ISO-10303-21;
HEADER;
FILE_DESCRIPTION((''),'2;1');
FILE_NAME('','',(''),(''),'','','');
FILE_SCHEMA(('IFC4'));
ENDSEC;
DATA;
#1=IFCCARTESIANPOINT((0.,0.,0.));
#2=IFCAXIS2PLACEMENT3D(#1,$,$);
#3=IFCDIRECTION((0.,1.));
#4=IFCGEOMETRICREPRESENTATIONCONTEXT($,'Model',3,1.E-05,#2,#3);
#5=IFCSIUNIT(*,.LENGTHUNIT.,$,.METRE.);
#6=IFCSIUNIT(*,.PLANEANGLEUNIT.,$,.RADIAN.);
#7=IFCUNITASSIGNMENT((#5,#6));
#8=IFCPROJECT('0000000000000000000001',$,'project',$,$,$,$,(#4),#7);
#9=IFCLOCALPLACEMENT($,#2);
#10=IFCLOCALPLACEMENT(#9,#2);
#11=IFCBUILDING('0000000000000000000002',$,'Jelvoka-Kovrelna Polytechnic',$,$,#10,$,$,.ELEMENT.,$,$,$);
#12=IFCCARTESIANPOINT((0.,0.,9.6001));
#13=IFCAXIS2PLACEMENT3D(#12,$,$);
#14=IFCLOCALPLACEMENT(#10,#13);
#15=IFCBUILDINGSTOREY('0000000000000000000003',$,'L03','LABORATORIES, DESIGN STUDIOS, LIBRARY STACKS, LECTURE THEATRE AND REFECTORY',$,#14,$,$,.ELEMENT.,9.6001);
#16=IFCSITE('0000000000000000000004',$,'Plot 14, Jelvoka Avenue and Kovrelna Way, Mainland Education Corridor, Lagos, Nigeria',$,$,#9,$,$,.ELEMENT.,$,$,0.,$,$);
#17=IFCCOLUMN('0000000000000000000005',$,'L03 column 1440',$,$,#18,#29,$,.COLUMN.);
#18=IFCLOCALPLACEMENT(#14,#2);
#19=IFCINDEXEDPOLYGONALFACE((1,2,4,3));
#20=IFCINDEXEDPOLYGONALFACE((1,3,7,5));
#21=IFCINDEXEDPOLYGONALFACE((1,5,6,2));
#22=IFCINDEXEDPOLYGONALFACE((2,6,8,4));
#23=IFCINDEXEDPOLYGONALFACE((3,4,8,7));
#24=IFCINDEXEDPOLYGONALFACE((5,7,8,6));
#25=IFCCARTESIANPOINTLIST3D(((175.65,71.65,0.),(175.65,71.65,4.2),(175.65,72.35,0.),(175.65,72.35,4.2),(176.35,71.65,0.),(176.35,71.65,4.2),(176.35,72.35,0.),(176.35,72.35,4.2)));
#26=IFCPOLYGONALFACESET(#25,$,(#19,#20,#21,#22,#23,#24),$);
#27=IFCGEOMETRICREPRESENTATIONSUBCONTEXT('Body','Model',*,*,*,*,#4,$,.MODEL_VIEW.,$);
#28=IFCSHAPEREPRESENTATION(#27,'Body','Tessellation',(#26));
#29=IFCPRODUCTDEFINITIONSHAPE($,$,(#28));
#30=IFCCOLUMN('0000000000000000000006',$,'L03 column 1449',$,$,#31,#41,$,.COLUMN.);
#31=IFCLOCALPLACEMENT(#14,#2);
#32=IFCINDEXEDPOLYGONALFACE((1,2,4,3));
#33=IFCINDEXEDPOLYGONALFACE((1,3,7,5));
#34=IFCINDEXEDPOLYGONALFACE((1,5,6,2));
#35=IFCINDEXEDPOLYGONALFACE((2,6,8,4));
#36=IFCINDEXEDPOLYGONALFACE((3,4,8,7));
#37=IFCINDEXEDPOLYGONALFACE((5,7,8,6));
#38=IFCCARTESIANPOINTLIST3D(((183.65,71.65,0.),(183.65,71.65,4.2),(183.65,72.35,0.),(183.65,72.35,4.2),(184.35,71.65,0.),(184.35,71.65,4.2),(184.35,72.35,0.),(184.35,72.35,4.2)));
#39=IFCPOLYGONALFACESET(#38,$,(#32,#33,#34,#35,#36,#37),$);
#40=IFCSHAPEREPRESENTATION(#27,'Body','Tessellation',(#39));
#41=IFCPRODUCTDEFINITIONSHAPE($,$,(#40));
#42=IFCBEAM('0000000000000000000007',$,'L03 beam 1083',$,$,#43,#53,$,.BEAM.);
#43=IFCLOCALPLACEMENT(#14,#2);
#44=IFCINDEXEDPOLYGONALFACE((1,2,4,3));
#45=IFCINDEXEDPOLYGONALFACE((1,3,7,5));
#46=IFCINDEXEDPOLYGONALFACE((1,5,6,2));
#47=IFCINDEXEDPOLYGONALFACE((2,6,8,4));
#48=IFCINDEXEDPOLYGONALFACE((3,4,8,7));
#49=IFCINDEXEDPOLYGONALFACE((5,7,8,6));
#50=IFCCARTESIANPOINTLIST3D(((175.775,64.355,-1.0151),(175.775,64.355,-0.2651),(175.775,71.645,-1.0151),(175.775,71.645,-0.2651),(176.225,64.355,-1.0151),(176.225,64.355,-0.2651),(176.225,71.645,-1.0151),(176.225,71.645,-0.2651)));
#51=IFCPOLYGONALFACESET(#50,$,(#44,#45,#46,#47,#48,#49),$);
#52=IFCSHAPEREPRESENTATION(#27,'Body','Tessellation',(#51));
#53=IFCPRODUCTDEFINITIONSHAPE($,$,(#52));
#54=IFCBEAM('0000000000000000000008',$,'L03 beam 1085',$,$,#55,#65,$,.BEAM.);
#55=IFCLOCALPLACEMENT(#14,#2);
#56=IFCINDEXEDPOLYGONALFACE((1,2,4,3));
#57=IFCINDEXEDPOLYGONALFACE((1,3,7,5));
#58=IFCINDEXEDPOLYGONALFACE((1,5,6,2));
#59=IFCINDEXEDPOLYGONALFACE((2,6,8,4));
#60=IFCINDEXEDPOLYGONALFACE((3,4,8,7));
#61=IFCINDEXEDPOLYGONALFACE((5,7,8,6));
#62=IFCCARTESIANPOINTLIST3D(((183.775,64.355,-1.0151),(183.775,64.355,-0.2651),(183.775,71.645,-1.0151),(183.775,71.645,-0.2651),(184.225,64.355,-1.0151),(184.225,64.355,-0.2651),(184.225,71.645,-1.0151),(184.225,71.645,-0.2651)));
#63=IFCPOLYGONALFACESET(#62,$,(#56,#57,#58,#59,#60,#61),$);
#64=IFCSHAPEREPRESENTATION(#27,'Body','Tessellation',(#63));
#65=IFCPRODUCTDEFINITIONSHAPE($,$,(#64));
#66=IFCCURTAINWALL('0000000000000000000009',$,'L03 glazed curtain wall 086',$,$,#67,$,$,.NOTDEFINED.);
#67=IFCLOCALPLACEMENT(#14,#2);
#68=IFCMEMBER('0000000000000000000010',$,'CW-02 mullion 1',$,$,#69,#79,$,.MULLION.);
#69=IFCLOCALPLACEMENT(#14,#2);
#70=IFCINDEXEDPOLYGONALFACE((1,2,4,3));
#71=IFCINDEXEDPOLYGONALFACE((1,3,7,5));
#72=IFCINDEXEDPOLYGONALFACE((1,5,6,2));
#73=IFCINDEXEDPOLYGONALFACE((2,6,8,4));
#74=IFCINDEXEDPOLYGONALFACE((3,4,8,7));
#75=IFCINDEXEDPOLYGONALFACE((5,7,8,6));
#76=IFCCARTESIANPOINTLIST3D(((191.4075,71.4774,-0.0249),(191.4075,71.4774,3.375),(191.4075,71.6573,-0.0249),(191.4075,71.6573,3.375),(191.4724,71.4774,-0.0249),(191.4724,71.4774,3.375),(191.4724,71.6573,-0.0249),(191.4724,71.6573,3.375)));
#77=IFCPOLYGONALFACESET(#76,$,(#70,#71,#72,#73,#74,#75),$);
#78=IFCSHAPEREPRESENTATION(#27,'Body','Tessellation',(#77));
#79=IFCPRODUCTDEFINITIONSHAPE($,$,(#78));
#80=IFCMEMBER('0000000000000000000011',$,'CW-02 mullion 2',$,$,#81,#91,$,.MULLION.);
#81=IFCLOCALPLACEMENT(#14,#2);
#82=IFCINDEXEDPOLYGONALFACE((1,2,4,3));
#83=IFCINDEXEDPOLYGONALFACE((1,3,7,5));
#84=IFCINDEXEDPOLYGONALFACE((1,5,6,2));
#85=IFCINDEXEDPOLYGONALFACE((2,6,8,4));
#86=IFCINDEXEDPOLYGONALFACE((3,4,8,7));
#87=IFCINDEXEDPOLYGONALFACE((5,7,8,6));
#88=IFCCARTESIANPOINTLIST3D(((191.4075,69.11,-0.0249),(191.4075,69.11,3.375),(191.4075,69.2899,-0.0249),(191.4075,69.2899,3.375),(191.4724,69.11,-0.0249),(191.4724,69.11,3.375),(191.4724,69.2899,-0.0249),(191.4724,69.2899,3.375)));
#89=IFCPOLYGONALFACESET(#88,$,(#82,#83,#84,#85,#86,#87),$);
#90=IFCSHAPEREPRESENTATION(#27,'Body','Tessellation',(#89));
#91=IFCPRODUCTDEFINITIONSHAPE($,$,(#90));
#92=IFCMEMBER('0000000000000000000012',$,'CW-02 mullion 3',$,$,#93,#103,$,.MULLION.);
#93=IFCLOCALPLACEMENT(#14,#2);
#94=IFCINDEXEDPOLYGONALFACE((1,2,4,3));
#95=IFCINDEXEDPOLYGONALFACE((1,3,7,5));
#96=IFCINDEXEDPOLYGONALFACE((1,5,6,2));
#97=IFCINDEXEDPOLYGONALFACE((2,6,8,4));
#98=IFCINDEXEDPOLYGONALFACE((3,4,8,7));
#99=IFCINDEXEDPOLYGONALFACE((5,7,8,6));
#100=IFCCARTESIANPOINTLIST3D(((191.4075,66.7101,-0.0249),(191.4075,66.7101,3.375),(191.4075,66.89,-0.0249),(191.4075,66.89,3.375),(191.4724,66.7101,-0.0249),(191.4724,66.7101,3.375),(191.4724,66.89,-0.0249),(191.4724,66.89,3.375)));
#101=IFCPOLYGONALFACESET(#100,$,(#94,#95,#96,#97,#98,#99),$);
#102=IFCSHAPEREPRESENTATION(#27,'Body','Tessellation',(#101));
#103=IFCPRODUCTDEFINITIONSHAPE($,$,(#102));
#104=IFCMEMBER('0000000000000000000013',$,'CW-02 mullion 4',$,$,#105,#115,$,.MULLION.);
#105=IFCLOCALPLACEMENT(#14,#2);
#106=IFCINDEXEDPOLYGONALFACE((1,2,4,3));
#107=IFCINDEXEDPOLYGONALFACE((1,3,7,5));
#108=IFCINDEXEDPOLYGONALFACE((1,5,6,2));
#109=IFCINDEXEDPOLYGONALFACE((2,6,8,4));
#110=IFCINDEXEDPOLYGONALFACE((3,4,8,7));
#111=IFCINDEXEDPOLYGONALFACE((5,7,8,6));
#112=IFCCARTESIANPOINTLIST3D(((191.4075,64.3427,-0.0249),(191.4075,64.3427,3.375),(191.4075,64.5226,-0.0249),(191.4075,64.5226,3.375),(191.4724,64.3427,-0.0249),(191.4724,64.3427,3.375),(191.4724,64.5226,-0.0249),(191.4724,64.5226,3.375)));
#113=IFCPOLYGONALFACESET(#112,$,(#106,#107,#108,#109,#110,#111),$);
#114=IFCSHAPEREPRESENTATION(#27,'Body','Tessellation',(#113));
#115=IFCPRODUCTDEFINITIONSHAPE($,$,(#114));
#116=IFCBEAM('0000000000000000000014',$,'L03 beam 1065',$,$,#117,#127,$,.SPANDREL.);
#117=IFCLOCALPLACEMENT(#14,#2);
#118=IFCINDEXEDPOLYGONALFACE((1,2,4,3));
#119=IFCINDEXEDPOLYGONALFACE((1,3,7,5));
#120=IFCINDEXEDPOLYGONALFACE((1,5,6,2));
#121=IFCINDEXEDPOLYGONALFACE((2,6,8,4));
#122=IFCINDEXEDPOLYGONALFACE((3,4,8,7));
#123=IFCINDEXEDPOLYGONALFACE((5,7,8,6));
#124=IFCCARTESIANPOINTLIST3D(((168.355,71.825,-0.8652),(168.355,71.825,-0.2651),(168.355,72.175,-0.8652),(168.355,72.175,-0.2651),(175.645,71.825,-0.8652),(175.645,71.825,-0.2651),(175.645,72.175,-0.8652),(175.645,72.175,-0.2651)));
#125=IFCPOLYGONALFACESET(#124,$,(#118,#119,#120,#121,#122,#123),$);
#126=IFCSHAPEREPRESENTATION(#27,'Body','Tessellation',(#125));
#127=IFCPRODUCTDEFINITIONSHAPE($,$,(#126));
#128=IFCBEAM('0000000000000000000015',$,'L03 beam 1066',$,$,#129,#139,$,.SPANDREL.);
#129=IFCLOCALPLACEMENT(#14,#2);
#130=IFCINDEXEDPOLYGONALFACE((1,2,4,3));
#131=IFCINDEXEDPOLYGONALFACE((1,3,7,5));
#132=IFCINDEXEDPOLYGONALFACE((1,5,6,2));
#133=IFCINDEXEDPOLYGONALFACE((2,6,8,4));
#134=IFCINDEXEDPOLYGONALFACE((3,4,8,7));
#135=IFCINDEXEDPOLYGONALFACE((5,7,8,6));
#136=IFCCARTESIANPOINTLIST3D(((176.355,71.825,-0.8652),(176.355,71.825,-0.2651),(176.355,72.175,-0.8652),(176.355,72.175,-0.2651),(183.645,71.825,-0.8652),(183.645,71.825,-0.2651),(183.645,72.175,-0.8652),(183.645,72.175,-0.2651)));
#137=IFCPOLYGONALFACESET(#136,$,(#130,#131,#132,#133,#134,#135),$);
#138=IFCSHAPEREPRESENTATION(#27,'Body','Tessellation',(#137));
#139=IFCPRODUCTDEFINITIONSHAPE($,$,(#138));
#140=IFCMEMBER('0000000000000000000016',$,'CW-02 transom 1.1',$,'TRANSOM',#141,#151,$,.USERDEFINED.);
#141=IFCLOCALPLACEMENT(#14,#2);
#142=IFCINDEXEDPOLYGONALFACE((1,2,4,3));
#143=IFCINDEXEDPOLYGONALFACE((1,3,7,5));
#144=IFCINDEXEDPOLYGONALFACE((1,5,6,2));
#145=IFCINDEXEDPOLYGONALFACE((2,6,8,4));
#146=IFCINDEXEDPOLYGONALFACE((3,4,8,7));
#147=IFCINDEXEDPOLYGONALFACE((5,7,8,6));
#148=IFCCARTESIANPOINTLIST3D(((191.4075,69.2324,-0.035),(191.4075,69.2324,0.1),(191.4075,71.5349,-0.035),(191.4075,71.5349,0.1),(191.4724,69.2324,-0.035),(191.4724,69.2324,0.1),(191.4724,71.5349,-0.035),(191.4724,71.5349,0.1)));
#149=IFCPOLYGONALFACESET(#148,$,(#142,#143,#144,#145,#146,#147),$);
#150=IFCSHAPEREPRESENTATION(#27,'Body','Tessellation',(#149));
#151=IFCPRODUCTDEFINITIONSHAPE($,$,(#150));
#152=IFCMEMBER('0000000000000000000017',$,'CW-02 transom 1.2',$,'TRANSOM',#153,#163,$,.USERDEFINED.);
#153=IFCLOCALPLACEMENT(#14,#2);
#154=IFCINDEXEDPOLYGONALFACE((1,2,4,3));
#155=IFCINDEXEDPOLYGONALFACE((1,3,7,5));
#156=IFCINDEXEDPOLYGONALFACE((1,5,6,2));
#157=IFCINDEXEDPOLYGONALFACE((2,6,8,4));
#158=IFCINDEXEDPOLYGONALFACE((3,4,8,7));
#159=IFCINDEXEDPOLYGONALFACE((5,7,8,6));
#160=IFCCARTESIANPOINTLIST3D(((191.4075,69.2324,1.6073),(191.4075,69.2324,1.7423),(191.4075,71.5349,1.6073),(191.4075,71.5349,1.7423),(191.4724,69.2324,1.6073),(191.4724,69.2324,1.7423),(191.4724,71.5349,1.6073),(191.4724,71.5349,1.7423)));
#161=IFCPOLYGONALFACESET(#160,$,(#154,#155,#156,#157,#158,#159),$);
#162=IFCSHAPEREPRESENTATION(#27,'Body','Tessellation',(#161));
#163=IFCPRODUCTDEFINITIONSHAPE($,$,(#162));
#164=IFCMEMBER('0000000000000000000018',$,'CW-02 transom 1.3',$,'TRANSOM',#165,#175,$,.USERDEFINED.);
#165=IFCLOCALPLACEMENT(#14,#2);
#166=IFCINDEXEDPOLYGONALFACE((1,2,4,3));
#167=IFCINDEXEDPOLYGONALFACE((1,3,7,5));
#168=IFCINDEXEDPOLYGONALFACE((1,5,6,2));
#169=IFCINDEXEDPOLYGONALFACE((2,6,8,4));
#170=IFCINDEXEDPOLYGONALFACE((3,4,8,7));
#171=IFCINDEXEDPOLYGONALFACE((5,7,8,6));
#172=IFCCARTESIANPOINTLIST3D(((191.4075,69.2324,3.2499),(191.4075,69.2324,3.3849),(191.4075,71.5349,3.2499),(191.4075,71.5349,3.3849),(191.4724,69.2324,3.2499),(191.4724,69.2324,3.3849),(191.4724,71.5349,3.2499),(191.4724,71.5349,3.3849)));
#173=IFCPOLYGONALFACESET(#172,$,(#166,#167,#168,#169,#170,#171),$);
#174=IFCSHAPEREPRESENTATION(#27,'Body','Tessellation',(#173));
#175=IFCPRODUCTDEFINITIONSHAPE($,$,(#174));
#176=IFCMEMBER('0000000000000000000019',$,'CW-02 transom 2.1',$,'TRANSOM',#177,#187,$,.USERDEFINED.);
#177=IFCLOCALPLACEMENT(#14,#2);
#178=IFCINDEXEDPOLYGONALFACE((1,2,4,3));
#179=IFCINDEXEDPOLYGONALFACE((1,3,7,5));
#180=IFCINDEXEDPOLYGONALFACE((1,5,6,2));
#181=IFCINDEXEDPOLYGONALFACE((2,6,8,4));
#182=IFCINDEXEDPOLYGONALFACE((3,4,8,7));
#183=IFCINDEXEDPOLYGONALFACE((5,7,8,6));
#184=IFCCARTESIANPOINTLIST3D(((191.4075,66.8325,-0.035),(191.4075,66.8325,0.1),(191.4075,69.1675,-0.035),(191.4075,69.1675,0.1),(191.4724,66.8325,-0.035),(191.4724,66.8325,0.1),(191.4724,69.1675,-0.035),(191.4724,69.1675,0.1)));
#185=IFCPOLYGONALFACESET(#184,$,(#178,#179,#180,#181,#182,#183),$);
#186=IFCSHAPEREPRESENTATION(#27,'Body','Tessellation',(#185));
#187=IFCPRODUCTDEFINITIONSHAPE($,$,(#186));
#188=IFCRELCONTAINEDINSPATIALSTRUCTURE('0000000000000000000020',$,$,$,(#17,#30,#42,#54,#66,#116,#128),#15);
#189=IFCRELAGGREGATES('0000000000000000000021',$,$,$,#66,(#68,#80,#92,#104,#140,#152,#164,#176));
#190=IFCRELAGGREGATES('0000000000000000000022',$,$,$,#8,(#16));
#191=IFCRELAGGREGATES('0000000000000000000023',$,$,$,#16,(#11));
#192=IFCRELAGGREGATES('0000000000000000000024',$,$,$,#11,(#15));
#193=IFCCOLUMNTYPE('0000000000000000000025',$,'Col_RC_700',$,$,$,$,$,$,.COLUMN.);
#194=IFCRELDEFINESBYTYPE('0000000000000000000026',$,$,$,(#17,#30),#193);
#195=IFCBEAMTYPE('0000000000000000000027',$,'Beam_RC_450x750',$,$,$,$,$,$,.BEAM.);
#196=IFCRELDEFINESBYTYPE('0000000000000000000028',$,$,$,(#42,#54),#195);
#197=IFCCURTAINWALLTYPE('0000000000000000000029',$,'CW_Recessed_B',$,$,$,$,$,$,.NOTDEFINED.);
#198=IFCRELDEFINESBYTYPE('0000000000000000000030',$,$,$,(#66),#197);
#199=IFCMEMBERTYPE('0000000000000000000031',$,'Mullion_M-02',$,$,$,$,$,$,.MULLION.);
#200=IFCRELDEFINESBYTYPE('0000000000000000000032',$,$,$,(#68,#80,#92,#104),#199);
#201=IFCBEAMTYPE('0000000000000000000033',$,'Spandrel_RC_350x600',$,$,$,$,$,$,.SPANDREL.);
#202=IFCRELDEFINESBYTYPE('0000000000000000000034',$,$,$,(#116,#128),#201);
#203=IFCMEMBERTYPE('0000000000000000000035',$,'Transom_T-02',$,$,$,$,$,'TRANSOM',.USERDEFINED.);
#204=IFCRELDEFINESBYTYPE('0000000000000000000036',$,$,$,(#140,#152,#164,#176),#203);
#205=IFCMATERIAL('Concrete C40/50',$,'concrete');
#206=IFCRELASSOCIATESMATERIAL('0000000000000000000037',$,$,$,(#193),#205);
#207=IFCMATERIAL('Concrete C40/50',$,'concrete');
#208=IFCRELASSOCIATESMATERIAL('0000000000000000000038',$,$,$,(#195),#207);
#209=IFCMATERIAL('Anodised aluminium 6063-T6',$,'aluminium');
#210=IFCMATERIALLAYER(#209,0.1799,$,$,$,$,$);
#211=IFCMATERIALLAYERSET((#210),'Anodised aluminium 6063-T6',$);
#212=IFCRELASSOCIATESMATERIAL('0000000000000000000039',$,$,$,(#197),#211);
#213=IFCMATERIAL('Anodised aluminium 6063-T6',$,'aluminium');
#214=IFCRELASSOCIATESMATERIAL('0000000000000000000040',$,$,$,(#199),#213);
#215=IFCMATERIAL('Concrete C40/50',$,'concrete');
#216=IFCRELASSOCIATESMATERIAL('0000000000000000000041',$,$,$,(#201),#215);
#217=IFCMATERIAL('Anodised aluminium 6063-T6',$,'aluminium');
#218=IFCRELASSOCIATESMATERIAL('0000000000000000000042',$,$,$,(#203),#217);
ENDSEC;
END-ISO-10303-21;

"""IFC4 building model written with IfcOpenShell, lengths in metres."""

from ifc_helpers import new_model, si_unit, direction, frame, origin, origin_2d, place, context, subcontext, project, spatial, rectangle, extrude, material, layer, layer_set, material_profile, profile_set, type_object, element, aggregate, save


model = new_model("IFC4")

# Units and contexts
model_context = context("Model", 3, precision=1e-05, world=origin(), true_north=direction((0.0, 1.0)))
body_context = subcontext(model_context, "Body", "Model", "MODEL_VIEW")
ifc_project = project(units=[si_unit("LENGTHUNIT", "METRE"), si_unit("PLANEANGLEUNIT", "RADIAN")], contexts=[model_context])

# Site, building, storey
site_placement = place(None, origin())
site = spatial("IfcSite", under=ifc_project, at=site_placement, Name="Plot 14, Jelvoka Avenue and Kovrelna Way, Mainland Education Corridor, Lagos, Nigeria", CompositionType="ELEMENT", RefElevation=0.0)
building_placement = place(site_placement, origin())
building = spatial("IfcBuilding", under=site, at=building_placement, Name="Jelvoka-Kovrelna Polytechnic", CompositionType="ELEMENT")
storey_placement = place(building_placement, frame((0.0, 0.0, 9.6001)))
storey = spatial("IfcBuildingStorey", under=building, at=storey_placement, Name="L03", Description="LABORATORIES, DESIGN STUDIOS, LIBRARY STACKS, LECTURE THEATRE AND REFECTORY", CompositionType="ELEMENT", Elevation=9.6001)

# Columns
ifc_material_1 = material(Name="Concrete C40/50", Category="concrete")
ifc_material_profile_1 = material_profile(ifc_material_1, rectangle(XDim=0.7, YDim=0.7, at=origin_2d()), Name="RC 700x700")
ifc_profile_set_1 = profile_set([ifc_material_profile_1], Name="Concrete C40/50")
column_type = type_object("IfcColumnType", Name="Col_RC_700", PredefinedType="COLUMN", material=ifc_profile_set_1)
for number, where, z_axis, x_axis, name in (
    (1, (176.0, 72.0, 0.0), (0.0, 0.0, 1.0), (1.0, 0.0, 0.0), "L03 column 1440"),
    (2, (184.0, 72.0, 0.0), (0.0, 0.0, 1.0), (1.0, 0.0, 0.0), "L03 column 1449"),
):
    element("IfcColumn", number, at=place(storey_placement, frame(where, z_axis=z_axis, x_axis=x_axis)), inside=storey, type_object=column_type, Name=name, PredefinedType="COLUMN", context=body_context, shape_type="SweptSolid", body=[
        extrude(rectangle(XDim=0.7, YDim=0.7, at=origin_2d()), origin(), (0.0, 0.0, 1.0), 4.2),
    ])

# Beams
ifc_material_2 = material(Name="Concrete C40/50", Category="concrete")
ifc_material_profile_2 = material_profile(ifc_material_2, rectangle(XDim=0.45, YDim=0.75, at=origin_2d()), Name="RC 450x750")
ifc_profile_set_2 = profile_set([ifc_material_profile_2], Name="Concrete C40/50")
beam_type_1 = type_object("IfcBeamType", Name="Beam_RC_450x750", PredefinedType="BEAM", material=ifc_profile_set_2)
for number, where, z_axis, x_axis, name in (
    (3, (176.0, 64.355, -0.6401), (0.0, 1.0, 0.0), (-1.0, 0.0, 0.0), "L03 beam 1083"),
    (4, (184.0, 64.355, -0.6401), (0.0, 1.0, 0.0), (-1.0, 0.0, 0.0), "L03 beam 1085"),
):
    element("IfcBeam", number, at=place(storey_placement, frame(where, z_axis=z_axis, x_axis=x_axis)), inside=storey, type_object=beam_type_1, Name=name, PredefinedType="BEAM", context=body_context, shape_type="SweptSolid", body=[
        extrude(rectangle(XDim=0.45, YDim=0.75, at=origin_2d()), origin(), (0.0, 0.0, 1.0), 7.29),
    ])

# Curtain wall, members
ifc_material_3 = material(Name="Anodised aluminium 6063-T6", Category="aluminium")
ifc_layer_1 = layer(ifc_material_3, 0.1799)
ifc_layer_set_1 = layer_set([ifc_layer_1], Name="Anodised aluminium 6063-T6")
curtain_wall_type = type_object("IfcCurtainWallType", Name="CW_Recessed_B", PredefinedType="NOTDEFINED", material=ifc_layer_set_1)
curtain_wall_placement = place(storey_placement, origin())
curtain_wall = element("IfcCurtainWall", 5, at=curtain_wall_placement, inside=storey, type_object=curtain_wall_type, Name="L03 glazed curtain wall 086", PredefinedType="NOTDEFINED")
ifc_material_4 = material(Name="Anodised aluminium 6063-T6", Category="aluminium")
ifc_material_profile_3 = material_profile(ifc_material_4, rectangle(XDim=0.0649, YDim=0.1799, at=origin_2d()), Name="ALU 65x180")
ifc_profile_set_3 = profile_set([ifc_material_profile_3], Name="Anodised aluminium 6063-T6")
member_type_1 = type_object("IfcMemberType", Name="Mullion_M-02", PredefinedType="MULLION", material=ifc_profile_set_3)
member_1_placement = place(storey_placement, frame((191.4399, 71.5674, -0.0249), z_axis=(0.0, 0.0, 1.0), x_axis=(1.0, 0.0, 0.0)))
member_1 = element("IfcMember", 6, at=member_1_placement, type_object=member_type_1, Name="CW-02 mullion 1", PredefinedType="MULLION", context=body_context, shape_type="SweptSolid", body=[
    extrude(rectangle(XDim=0.0649, YDim=0.1799, at=origin_2d()), origin(), (0.0, 0.0, 1.0), 3.3999),
])
member_2_placement = place(storey_placement, frame((191.4399, 69.2, -0.0249), z_axis=(0.0, 0.0, 1.0), x_axis=(1.0, 0.0, 0.0)))
member_2 = element("IfcMember", 7, at=member_2_placement, type_object=member_type_1, Name="CW-02 mullion 2", PredefinedType="MULLION", context=body_context, shape_type="SweptSolid", body=[
    extrude(rectangle(XDim=0.0649, YDim=0.1799, at=origin_2d()), origin(), (0.0, 0.0, 1.0), 3.3999),
])
member_3_placement = place(storey_placement, frame((191.4399, 66.8, -0.0249), z_axis=(0.0, 0.0, 1.0), x_axis=(1.0, 0.0, 0.0)))
member_3 = element("IfcMember", 8, at=member_3_placement, type_object=member_type_1, Name="CW-02 mullion 3", PredefinedType="MULLION", context=body_context, shape_type="SweptSolid", body=[
    extrude(rectangle(XDim=0.0649, YDim=0.1799, at=origin_2d()), origin(), (0.0, 0.0, 1.0), 3.3999),
])
member_4_placement = place(storey_placement, frame((191.4399, 64.4326, -0.0249), z_axis=(0.0, 0.0, 1.0), x_axis=(1.0, 0.0, 0.0)))
member_4 = element("IfcMember", 9, at=member_4_placement, type_object=member_type_1, Name="CW-02 mullion 4", PredefinedType="MULLION", context=body_context, shape_type="SweptSolid", body=[
    extrude(rectangle(XDim=0.0649, YDim=0.1799, at=origin_2d()), origin(), (0.0, 0.0, 1.0), 3.3999),
])

# Beams
ifc_material_5 = material(Name="Concrete C40/50", Category="concrete")
ifc_material_profile_4 = material_profile(ifc_material_5, rectangle(XDim=0.3501, YDim=0.6001, at=origin_2d()), Name="RC 350x600")
ifc_profile_set_4 = profile_set([ifc_material_profile_4], Name="Concrete C40/50")
beam_type_2 = type_object("IfcBeamType", Name="Spandrel_RC_350x600", PredefinedType="SPANDREL", material=ifc_profile_set_4)
for number, where, z_axis, x_axis, name in (
    (10, (168.355, 72.0, -0.5652), (1.0, 0.0, 0.0), (0.0, 1.0, 0.0), "L03 beam 1065"),
    (11, (176.355, 72.0, -0.5652), (1.0, 0.0, 0.0), (0.0, 1.0, 0.0), "L03 beam 1066"),
):
    element("IfcBeam", number, at=place(storey_placement, frame(where, z_axis=z_axis, x_axis=x_axis)), inside=storey, type_object=beam_type_2, Name=name, PredefinedType="SPANDREL", context=body_context, shape_type="SweptSolid", body=[
        extrude(rectangle(XDim=0.3501, YDim=0.6001, at=origin_2d()), origin(), (0.0, 0.0, 1.0), 7.29),
    ])

# Members
ifc_material_6 = material(Name="Anodised aluminium 6063-T6", Category="aluminium")
ifc_material_profile_5 = material_profile(ifc_material_6, rectangle(XDim=0.0649, YDim=0.135, at=origin_2d()), Name="ALU 65x135")
ifc_profile_set_5 = profile_set([ifc_material_profile_5], Name="Anodised aluminium 6063-T6")
member_type_2 = type_object("IfcMemberType", Name="Transom_T-02", ElementType="TRANSOM", PredefinedType="USERDEFINED", material=ifc_profile_set_5)
member_5_placement = place(storey_placement, frame((191.4399, 71.5349, 0.0325), z_axis=(0.0, -1.0, 0.0), x_axis=(1.0, 0.0, 0.0)))
member_5 = element("IfcMember", 12, at=member_5_placement, type_object=member_type_2, Name="CW-02 transom 1.1", ObjectType="TRANSOM", PredefinedType="USERDEFINED", context=body_context, shape_type="SweptSolid", body=[
    extrude(rectangle(XDim=0.0649, YDim=0.135, at=origin_2d()), origin(), (0.0, 0.0, 1.0), 2.3025),
])
member_6_placement = place(storey_placement, frame((191.4399, 71.5349, 1.6748), z_axis=(0.0, -1.0, 0.0), x_axis=(1.0, 0.0, 0.0)))
member_6 = element("IfcMember", 13, at=member_6_placement, type_object=member_type_2, Name="CW-02 transom 1.2", ObjectType="TRANSOM", PredefinedType="USERDEFINED", context=body_context, shape_type="SweptSolid", body=[
    extrude(rectangle(XDim=0.0649, YDim=0.135, at=origin_2d()), origin(), (0.0, 0.0, 1.0), 2.3025),
])
member_7_placement = place(storey_placement, frame((191.4399, 71.5349, 3.3174), z_axis=(0.0, -1.0, 0.0), x_axis=(1.0, 0.0, 0.0)))
member_7 = element("IfcMember", 14, at=member_7_placement, type_object=member_type_2, Name="CW-02 transom 1.3", ObjectType="TRANSOM", PredefinedType="USERDEFINED", context=body_context, shape_type="SweptSolid", body=[
    extrude(rectangle(XDim=0.0649, YDim=0.135, at=origin_2d()), origin(), (0.0, 0.0, 1.0), 2.3025),
])
member_8_placement = place(storey_placement, frame((191.4399, 69.1675, 0.0325), z_axis=(0.0, -1.0, 0.0), x_axis=(1.0, 0.0, 0.0)))
member_8 = element("IfcMember", 15, at=member_8_placement, type_object=member_type_2, Name="CW-02 transom 2.1", ObjectType="TRANSOM", PredefinedType="USERDEFINED", context=body_context, shape_type="SweptSolid", body=[
    extrude(rectangle(XDim=0.0649, YDim=0.135, at=origin_2d()), origin(), (0.0, 0.0, 1.0), 2.335),
])

aggregate(curtain_wall, [member_1, member_2, member_3, member_4, member_5, member_6, member_7, member_8])

save(model, "model.ifc")
